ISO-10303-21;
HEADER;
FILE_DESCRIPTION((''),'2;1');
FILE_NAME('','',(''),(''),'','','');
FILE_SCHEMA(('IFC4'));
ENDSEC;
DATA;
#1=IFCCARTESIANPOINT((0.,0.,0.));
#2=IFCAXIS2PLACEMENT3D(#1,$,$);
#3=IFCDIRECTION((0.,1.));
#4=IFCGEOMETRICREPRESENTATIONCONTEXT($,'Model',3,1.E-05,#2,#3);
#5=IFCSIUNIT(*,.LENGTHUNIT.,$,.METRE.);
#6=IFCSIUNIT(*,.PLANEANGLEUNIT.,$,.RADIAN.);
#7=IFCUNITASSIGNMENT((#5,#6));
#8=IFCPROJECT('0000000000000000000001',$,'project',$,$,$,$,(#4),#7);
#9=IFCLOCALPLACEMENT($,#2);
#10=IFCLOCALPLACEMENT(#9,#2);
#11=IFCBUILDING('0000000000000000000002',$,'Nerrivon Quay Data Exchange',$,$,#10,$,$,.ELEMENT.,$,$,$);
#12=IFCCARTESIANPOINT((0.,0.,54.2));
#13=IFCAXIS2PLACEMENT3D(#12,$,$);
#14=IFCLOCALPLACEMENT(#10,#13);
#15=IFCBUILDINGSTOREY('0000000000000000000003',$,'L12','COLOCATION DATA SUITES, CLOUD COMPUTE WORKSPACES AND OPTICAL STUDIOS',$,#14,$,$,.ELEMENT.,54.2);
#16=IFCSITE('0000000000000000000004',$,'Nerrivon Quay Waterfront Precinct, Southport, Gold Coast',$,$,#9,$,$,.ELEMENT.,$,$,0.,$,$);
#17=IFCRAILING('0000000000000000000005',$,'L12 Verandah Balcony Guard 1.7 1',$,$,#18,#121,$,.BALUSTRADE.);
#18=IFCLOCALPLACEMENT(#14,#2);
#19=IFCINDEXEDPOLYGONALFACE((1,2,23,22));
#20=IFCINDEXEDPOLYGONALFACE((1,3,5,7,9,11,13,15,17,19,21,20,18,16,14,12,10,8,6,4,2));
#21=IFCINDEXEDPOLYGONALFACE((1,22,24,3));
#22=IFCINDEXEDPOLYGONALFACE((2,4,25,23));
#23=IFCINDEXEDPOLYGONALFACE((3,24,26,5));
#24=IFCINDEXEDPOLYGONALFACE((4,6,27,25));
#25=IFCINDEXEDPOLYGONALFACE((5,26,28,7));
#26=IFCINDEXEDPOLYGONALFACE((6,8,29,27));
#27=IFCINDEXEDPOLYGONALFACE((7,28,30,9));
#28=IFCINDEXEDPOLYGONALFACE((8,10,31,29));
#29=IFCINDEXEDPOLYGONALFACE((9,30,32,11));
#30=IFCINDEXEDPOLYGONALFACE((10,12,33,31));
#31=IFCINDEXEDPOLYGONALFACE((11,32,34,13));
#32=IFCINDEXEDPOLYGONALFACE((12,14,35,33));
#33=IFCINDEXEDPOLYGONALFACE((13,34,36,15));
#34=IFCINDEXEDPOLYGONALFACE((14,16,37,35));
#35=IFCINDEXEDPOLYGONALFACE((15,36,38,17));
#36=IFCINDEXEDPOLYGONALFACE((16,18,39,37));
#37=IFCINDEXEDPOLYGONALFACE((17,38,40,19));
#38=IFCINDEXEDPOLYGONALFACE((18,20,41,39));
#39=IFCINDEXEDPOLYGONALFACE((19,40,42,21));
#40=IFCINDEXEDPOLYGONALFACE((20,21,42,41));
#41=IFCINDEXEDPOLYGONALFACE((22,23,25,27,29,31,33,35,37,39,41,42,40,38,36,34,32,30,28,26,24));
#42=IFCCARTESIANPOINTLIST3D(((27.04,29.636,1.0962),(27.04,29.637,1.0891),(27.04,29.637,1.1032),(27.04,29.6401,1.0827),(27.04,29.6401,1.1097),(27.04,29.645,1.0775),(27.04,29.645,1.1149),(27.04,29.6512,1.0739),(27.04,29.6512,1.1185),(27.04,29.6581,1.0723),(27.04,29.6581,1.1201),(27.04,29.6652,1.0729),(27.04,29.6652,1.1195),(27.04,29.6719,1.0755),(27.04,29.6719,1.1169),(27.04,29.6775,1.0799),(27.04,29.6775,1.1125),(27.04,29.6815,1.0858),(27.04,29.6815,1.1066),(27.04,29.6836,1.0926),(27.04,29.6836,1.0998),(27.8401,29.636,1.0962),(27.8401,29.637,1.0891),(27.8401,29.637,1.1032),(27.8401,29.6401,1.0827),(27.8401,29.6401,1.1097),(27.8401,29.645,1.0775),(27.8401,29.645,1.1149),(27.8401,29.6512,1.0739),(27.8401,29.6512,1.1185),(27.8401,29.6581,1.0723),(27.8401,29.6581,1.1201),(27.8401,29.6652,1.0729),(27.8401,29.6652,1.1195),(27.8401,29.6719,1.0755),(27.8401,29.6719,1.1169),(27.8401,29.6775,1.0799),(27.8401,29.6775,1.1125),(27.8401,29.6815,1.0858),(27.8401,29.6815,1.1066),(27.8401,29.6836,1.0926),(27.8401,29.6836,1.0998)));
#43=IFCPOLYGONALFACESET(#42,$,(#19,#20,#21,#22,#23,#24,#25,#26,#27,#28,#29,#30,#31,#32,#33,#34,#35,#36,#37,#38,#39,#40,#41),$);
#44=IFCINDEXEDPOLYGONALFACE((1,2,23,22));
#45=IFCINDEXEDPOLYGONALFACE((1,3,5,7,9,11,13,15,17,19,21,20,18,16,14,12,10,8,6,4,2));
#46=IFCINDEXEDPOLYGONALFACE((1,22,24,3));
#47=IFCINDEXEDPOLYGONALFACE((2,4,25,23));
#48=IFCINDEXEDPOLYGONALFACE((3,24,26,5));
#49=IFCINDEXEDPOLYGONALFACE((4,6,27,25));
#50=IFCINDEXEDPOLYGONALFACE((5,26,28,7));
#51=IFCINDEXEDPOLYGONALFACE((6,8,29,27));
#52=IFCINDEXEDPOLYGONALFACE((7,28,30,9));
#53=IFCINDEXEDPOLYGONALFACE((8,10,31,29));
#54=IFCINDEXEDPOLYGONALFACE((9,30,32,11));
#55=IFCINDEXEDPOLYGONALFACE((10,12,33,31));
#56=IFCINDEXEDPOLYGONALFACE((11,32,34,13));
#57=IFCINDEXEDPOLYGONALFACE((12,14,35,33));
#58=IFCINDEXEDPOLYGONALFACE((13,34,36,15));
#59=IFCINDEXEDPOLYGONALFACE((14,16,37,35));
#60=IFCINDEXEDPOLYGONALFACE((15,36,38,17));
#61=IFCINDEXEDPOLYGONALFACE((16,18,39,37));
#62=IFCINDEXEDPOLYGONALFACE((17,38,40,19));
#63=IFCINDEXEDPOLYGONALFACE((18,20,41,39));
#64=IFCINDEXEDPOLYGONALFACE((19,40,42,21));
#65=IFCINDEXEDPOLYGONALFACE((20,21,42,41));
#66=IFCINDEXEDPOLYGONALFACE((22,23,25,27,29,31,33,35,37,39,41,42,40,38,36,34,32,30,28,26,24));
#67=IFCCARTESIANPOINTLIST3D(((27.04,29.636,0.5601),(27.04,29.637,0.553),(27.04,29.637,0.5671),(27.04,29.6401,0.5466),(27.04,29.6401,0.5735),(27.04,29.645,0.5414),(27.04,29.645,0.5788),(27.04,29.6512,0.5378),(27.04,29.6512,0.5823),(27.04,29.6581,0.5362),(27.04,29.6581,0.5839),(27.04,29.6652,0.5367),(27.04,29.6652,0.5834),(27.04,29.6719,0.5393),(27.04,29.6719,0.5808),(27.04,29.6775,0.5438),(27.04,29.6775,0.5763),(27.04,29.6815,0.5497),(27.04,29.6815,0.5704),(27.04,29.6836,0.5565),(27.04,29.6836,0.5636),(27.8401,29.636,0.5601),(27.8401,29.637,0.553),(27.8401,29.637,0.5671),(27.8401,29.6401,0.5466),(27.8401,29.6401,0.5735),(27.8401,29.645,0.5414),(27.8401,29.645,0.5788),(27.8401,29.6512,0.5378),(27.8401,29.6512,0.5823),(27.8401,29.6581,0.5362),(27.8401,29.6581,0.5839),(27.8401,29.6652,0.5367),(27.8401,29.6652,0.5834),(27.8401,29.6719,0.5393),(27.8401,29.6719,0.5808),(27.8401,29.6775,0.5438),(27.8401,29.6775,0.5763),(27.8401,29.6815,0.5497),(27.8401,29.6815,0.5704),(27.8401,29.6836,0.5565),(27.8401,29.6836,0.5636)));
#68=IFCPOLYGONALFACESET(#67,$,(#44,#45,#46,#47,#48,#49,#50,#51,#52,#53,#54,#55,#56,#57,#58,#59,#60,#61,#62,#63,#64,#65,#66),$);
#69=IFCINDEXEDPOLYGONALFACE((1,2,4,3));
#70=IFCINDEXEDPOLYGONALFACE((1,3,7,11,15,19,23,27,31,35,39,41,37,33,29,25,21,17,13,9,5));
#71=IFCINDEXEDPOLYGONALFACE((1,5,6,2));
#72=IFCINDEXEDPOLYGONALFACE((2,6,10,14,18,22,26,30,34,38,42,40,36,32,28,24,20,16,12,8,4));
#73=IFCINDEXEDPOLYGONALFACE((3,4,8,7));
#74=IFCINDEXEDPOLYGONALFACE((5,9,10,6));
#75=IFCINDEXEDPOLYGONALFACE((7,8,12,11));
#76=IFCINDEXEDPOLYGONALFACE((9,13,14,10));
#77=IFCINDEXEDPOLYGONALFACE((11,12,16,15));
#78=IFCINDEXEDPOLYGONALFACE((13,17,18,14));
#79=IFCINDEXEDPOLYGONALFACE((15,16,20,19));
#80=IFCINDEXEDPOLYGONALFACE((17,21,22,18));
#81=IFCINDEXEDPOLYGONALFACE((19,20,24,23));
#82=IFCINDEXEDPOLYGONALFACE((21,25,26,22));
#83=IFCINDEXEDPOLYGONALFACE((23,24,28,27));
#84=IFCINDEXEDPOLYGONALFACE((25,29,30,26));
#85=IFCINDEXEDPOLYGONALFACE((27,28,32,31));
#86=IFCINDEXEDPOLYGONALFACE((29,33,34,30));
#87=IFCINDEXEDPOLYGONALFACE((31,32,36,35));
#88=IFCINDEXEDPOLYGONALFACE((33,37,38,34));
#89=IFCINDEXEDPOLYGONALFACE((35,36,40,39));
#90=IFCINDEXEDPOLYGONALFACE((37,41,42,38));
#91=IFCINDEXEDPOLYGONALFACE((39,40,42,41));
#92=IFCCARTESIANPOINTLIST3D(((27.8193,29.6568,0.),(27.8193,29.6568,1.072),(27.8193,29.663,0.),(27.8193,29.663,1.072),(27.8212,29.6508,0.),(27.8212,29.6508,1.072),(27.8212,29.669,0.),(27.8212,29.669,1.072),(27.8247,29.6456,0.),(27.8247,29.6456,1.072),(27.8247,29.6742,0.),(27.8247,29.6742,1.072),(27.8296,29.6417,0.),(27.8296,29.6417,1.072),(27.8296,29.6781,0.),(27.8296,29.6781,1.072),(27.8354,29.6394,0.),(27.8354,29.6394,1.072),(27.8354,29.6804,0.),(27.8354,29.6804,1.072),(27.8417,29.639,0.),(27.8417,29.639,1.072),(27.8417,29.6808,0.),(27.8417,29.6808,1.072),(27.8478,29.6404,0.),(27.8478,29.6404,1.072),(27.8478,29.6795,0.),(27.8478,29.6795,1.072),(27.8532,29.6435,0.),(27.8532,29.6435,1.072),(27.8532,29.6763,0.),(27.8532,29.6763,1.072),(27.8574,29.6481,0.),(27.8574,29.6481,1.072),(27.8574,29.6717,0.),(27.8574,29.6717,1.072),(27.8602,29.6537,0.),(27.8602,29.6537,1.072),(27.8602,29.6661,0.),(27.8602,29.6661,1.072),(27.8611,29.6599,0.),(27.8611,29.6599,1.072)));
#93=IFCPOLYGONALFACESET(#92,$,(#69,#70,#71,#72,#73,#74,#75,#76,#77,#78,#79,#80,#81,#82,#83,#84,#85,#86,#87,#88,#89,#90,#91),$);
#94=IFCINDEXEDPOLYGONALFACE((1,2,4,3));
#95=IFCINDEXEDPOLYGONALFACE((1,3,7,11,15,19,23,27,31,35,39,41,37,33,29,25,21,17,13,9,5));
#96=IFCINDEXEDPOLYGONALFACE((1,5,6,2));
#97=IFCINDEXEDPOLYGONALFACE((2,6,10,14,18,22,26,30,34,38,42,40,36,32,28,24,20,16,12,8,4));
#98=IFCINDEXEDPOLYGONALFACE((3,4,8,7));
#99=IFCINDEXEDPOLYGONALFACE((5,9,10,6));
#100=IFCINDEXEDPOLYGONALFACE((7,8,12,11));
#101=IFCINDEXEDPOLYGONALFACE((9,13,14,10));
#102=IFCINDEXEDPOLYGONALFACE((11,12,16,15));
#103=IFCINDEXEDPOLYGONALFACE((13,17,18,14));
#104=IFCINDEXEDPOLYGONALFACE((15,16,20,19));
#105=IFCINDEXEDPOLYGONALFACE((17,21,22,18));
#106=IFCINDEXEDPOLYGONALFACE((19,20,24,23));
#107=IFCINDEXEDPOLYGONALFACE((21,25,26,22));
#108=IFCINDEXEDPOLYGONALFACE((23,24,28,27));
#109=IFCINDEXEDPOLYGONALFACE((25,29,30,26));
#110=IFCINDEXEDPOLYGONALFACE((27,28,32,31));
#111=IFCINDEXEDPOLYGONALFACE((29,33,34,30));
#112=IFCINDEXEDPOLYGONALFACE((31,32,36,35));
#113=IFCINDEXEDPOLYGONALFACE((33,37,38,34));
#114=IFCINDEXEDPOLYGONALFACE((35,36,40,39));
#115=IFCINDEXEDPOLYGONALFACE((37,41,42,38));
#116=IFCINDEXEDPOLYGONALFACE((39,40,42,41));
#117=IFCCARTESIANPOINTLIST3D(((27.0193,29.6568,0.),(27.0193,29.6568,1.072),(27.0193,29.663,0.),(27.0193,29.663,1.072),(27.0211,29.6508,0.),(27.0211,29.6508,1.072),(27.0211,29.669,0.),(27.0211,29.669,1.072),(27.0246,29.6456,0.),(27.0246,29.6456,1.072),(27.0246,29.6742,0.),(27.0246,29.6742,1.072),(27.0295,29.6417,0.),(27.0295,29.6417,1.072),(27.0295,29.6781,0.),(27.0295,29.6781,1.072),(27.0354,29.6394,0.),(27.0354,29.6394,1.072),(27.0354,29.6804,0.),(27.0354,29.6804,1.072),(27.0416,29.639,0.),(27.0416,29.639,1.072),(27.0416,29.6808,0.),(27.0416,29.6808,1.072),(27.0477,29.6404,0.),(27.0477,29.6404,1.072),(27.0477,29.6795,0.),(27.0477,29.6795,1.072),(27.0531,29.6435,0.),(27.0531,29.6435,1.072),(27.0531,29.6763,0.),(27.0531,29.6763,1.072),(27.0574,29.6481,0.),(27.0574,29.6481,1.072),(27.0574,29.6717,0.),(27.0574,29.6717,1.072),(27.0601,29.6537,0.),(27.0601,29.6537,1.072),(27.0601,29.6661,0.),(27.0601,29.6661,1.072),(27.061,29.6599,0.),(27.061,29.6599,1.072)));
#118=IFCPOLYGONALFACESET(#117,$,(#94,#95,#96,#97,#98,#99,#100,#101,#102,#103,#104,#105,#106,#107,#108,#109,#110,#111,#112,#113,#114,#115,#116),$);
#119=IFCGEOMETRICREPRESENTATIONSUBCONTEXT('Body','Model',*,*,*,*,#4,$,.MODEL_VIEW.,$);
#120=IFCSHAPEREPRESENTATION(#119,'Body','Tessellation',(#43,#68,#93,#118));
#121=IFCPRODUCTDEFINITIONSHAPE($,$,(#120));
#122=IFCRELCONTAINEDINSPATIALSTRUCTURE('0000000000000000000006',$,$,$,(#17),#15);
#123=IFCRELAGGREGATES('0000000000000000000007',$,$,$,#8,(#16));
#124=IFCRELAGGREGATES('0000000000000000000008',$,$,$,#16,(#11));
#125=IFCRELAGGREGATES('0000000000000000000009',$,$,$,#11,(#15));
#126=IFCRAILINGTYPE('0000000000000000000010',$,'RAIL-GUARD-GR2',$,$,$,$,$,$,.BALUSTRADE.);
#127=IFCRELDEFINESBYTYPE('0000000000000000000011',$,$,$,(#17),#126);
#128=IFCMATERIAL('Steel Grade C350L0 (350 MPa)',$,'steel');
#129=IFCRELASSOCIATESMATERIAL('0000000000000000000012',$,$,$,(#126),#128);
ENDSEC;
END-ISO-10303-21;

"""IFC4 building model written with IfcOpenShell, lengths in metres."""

from ifc_helpers import new_model, si_unit, direction, frame, origin, origin_2d, place, context, subcontext, project, spatial, circle, extrude, material, type_object, element, save


model = new_model("IFC4")

# Units and contexts
model_context = context("Model", 3, precision=1e-05, world=origin(), true_north=direction((0.0, 1.0)))
body_context = subcontext(model_context, "Body", "Model", "MODEL_VIEW")
ifc_project = project(units=[si_unit("LENGTHUNIT", "METRE"), si_unit("PLANEANGLEUNIT", "RADIAN")], contexts=[model_context])

# Site, building, storey
site_placement = place(None, origin())
site = spatial("IfcSite", under=ifc_project, at=site_placement, Name="Nerrivon Quay Waterfront Precinct, Southport, Gold Coast", CompositionType="ELEMENT", RefElevation=0.0)
building_placement = place(site_placement, origin())
building = spatial("IfcBuilding", under=site, at=building_placement, Name="Nerrivon Quay Data Exchange", CompositionType="ELEMENT")
storey_placement = place(building_placement, frame((0.0, 0.0, 54.2)))
storey = spatial("IfcBuildingStorey", under=building, at=storey_placement, Name="L12", Description="COLOCATION DATA SUITES, CLOUD COMPUTE WORKSPACES AND OPTICAL STUDIOS", CompositionType="ELEMENT", Elevation=54.2)

# Railing
ifc_material_1 = material(Name="Steel Grade C350L0 (350 MPa)", Category="steel")
railing_type = type_object("IfcRailingType", Name="RAIL-GUARD-GR2", PredefinedType="BALUSTRADE", material=ifc_material_1)
railing_1_placement = place(storey_placement, frame((27.8401, 29.6599, 0.0)))
element("IfcRailing", 1, at=railing_1_placement, inside=storey, type_object=railing_type, Name="L12 Verandah Balcony Guard 1.7 1", PredefinedType="BALUSTRADE", context=body_context, shape_type="SweptSolid", body=[
    extrude(circle(Radius=0.0239, at=origin_2d()), frame((0.0, 0.0, 1.0962), z_axis=(-1.0, 0.0, 0.0), x_axis=(0.0, -1.0, 0.0)), (0.0, 0.0, 1.0), 0.8),
    extrude(circle(Radius=0.0239, at=origin_2d()), frame((0.0, 0.0, 0.5601), z_axis=(-1.0, 0.0, 0.0), x_axis=(0.0, -1.0, 0.0)), (0.0, 0.0, 1.0), 0.8),
    extrude(circle(Radius=0.021, at=origin_2d()), origin(), (0.0, 0.0, 1.0), 1.072),
    extrude(circle(Radius=0.021, at=origin_2d()), frame((-0.8, 0.0, 0.0)), (0.0, 0.0, 1.0), 1.072),
])

save(model, "model.ifc")
